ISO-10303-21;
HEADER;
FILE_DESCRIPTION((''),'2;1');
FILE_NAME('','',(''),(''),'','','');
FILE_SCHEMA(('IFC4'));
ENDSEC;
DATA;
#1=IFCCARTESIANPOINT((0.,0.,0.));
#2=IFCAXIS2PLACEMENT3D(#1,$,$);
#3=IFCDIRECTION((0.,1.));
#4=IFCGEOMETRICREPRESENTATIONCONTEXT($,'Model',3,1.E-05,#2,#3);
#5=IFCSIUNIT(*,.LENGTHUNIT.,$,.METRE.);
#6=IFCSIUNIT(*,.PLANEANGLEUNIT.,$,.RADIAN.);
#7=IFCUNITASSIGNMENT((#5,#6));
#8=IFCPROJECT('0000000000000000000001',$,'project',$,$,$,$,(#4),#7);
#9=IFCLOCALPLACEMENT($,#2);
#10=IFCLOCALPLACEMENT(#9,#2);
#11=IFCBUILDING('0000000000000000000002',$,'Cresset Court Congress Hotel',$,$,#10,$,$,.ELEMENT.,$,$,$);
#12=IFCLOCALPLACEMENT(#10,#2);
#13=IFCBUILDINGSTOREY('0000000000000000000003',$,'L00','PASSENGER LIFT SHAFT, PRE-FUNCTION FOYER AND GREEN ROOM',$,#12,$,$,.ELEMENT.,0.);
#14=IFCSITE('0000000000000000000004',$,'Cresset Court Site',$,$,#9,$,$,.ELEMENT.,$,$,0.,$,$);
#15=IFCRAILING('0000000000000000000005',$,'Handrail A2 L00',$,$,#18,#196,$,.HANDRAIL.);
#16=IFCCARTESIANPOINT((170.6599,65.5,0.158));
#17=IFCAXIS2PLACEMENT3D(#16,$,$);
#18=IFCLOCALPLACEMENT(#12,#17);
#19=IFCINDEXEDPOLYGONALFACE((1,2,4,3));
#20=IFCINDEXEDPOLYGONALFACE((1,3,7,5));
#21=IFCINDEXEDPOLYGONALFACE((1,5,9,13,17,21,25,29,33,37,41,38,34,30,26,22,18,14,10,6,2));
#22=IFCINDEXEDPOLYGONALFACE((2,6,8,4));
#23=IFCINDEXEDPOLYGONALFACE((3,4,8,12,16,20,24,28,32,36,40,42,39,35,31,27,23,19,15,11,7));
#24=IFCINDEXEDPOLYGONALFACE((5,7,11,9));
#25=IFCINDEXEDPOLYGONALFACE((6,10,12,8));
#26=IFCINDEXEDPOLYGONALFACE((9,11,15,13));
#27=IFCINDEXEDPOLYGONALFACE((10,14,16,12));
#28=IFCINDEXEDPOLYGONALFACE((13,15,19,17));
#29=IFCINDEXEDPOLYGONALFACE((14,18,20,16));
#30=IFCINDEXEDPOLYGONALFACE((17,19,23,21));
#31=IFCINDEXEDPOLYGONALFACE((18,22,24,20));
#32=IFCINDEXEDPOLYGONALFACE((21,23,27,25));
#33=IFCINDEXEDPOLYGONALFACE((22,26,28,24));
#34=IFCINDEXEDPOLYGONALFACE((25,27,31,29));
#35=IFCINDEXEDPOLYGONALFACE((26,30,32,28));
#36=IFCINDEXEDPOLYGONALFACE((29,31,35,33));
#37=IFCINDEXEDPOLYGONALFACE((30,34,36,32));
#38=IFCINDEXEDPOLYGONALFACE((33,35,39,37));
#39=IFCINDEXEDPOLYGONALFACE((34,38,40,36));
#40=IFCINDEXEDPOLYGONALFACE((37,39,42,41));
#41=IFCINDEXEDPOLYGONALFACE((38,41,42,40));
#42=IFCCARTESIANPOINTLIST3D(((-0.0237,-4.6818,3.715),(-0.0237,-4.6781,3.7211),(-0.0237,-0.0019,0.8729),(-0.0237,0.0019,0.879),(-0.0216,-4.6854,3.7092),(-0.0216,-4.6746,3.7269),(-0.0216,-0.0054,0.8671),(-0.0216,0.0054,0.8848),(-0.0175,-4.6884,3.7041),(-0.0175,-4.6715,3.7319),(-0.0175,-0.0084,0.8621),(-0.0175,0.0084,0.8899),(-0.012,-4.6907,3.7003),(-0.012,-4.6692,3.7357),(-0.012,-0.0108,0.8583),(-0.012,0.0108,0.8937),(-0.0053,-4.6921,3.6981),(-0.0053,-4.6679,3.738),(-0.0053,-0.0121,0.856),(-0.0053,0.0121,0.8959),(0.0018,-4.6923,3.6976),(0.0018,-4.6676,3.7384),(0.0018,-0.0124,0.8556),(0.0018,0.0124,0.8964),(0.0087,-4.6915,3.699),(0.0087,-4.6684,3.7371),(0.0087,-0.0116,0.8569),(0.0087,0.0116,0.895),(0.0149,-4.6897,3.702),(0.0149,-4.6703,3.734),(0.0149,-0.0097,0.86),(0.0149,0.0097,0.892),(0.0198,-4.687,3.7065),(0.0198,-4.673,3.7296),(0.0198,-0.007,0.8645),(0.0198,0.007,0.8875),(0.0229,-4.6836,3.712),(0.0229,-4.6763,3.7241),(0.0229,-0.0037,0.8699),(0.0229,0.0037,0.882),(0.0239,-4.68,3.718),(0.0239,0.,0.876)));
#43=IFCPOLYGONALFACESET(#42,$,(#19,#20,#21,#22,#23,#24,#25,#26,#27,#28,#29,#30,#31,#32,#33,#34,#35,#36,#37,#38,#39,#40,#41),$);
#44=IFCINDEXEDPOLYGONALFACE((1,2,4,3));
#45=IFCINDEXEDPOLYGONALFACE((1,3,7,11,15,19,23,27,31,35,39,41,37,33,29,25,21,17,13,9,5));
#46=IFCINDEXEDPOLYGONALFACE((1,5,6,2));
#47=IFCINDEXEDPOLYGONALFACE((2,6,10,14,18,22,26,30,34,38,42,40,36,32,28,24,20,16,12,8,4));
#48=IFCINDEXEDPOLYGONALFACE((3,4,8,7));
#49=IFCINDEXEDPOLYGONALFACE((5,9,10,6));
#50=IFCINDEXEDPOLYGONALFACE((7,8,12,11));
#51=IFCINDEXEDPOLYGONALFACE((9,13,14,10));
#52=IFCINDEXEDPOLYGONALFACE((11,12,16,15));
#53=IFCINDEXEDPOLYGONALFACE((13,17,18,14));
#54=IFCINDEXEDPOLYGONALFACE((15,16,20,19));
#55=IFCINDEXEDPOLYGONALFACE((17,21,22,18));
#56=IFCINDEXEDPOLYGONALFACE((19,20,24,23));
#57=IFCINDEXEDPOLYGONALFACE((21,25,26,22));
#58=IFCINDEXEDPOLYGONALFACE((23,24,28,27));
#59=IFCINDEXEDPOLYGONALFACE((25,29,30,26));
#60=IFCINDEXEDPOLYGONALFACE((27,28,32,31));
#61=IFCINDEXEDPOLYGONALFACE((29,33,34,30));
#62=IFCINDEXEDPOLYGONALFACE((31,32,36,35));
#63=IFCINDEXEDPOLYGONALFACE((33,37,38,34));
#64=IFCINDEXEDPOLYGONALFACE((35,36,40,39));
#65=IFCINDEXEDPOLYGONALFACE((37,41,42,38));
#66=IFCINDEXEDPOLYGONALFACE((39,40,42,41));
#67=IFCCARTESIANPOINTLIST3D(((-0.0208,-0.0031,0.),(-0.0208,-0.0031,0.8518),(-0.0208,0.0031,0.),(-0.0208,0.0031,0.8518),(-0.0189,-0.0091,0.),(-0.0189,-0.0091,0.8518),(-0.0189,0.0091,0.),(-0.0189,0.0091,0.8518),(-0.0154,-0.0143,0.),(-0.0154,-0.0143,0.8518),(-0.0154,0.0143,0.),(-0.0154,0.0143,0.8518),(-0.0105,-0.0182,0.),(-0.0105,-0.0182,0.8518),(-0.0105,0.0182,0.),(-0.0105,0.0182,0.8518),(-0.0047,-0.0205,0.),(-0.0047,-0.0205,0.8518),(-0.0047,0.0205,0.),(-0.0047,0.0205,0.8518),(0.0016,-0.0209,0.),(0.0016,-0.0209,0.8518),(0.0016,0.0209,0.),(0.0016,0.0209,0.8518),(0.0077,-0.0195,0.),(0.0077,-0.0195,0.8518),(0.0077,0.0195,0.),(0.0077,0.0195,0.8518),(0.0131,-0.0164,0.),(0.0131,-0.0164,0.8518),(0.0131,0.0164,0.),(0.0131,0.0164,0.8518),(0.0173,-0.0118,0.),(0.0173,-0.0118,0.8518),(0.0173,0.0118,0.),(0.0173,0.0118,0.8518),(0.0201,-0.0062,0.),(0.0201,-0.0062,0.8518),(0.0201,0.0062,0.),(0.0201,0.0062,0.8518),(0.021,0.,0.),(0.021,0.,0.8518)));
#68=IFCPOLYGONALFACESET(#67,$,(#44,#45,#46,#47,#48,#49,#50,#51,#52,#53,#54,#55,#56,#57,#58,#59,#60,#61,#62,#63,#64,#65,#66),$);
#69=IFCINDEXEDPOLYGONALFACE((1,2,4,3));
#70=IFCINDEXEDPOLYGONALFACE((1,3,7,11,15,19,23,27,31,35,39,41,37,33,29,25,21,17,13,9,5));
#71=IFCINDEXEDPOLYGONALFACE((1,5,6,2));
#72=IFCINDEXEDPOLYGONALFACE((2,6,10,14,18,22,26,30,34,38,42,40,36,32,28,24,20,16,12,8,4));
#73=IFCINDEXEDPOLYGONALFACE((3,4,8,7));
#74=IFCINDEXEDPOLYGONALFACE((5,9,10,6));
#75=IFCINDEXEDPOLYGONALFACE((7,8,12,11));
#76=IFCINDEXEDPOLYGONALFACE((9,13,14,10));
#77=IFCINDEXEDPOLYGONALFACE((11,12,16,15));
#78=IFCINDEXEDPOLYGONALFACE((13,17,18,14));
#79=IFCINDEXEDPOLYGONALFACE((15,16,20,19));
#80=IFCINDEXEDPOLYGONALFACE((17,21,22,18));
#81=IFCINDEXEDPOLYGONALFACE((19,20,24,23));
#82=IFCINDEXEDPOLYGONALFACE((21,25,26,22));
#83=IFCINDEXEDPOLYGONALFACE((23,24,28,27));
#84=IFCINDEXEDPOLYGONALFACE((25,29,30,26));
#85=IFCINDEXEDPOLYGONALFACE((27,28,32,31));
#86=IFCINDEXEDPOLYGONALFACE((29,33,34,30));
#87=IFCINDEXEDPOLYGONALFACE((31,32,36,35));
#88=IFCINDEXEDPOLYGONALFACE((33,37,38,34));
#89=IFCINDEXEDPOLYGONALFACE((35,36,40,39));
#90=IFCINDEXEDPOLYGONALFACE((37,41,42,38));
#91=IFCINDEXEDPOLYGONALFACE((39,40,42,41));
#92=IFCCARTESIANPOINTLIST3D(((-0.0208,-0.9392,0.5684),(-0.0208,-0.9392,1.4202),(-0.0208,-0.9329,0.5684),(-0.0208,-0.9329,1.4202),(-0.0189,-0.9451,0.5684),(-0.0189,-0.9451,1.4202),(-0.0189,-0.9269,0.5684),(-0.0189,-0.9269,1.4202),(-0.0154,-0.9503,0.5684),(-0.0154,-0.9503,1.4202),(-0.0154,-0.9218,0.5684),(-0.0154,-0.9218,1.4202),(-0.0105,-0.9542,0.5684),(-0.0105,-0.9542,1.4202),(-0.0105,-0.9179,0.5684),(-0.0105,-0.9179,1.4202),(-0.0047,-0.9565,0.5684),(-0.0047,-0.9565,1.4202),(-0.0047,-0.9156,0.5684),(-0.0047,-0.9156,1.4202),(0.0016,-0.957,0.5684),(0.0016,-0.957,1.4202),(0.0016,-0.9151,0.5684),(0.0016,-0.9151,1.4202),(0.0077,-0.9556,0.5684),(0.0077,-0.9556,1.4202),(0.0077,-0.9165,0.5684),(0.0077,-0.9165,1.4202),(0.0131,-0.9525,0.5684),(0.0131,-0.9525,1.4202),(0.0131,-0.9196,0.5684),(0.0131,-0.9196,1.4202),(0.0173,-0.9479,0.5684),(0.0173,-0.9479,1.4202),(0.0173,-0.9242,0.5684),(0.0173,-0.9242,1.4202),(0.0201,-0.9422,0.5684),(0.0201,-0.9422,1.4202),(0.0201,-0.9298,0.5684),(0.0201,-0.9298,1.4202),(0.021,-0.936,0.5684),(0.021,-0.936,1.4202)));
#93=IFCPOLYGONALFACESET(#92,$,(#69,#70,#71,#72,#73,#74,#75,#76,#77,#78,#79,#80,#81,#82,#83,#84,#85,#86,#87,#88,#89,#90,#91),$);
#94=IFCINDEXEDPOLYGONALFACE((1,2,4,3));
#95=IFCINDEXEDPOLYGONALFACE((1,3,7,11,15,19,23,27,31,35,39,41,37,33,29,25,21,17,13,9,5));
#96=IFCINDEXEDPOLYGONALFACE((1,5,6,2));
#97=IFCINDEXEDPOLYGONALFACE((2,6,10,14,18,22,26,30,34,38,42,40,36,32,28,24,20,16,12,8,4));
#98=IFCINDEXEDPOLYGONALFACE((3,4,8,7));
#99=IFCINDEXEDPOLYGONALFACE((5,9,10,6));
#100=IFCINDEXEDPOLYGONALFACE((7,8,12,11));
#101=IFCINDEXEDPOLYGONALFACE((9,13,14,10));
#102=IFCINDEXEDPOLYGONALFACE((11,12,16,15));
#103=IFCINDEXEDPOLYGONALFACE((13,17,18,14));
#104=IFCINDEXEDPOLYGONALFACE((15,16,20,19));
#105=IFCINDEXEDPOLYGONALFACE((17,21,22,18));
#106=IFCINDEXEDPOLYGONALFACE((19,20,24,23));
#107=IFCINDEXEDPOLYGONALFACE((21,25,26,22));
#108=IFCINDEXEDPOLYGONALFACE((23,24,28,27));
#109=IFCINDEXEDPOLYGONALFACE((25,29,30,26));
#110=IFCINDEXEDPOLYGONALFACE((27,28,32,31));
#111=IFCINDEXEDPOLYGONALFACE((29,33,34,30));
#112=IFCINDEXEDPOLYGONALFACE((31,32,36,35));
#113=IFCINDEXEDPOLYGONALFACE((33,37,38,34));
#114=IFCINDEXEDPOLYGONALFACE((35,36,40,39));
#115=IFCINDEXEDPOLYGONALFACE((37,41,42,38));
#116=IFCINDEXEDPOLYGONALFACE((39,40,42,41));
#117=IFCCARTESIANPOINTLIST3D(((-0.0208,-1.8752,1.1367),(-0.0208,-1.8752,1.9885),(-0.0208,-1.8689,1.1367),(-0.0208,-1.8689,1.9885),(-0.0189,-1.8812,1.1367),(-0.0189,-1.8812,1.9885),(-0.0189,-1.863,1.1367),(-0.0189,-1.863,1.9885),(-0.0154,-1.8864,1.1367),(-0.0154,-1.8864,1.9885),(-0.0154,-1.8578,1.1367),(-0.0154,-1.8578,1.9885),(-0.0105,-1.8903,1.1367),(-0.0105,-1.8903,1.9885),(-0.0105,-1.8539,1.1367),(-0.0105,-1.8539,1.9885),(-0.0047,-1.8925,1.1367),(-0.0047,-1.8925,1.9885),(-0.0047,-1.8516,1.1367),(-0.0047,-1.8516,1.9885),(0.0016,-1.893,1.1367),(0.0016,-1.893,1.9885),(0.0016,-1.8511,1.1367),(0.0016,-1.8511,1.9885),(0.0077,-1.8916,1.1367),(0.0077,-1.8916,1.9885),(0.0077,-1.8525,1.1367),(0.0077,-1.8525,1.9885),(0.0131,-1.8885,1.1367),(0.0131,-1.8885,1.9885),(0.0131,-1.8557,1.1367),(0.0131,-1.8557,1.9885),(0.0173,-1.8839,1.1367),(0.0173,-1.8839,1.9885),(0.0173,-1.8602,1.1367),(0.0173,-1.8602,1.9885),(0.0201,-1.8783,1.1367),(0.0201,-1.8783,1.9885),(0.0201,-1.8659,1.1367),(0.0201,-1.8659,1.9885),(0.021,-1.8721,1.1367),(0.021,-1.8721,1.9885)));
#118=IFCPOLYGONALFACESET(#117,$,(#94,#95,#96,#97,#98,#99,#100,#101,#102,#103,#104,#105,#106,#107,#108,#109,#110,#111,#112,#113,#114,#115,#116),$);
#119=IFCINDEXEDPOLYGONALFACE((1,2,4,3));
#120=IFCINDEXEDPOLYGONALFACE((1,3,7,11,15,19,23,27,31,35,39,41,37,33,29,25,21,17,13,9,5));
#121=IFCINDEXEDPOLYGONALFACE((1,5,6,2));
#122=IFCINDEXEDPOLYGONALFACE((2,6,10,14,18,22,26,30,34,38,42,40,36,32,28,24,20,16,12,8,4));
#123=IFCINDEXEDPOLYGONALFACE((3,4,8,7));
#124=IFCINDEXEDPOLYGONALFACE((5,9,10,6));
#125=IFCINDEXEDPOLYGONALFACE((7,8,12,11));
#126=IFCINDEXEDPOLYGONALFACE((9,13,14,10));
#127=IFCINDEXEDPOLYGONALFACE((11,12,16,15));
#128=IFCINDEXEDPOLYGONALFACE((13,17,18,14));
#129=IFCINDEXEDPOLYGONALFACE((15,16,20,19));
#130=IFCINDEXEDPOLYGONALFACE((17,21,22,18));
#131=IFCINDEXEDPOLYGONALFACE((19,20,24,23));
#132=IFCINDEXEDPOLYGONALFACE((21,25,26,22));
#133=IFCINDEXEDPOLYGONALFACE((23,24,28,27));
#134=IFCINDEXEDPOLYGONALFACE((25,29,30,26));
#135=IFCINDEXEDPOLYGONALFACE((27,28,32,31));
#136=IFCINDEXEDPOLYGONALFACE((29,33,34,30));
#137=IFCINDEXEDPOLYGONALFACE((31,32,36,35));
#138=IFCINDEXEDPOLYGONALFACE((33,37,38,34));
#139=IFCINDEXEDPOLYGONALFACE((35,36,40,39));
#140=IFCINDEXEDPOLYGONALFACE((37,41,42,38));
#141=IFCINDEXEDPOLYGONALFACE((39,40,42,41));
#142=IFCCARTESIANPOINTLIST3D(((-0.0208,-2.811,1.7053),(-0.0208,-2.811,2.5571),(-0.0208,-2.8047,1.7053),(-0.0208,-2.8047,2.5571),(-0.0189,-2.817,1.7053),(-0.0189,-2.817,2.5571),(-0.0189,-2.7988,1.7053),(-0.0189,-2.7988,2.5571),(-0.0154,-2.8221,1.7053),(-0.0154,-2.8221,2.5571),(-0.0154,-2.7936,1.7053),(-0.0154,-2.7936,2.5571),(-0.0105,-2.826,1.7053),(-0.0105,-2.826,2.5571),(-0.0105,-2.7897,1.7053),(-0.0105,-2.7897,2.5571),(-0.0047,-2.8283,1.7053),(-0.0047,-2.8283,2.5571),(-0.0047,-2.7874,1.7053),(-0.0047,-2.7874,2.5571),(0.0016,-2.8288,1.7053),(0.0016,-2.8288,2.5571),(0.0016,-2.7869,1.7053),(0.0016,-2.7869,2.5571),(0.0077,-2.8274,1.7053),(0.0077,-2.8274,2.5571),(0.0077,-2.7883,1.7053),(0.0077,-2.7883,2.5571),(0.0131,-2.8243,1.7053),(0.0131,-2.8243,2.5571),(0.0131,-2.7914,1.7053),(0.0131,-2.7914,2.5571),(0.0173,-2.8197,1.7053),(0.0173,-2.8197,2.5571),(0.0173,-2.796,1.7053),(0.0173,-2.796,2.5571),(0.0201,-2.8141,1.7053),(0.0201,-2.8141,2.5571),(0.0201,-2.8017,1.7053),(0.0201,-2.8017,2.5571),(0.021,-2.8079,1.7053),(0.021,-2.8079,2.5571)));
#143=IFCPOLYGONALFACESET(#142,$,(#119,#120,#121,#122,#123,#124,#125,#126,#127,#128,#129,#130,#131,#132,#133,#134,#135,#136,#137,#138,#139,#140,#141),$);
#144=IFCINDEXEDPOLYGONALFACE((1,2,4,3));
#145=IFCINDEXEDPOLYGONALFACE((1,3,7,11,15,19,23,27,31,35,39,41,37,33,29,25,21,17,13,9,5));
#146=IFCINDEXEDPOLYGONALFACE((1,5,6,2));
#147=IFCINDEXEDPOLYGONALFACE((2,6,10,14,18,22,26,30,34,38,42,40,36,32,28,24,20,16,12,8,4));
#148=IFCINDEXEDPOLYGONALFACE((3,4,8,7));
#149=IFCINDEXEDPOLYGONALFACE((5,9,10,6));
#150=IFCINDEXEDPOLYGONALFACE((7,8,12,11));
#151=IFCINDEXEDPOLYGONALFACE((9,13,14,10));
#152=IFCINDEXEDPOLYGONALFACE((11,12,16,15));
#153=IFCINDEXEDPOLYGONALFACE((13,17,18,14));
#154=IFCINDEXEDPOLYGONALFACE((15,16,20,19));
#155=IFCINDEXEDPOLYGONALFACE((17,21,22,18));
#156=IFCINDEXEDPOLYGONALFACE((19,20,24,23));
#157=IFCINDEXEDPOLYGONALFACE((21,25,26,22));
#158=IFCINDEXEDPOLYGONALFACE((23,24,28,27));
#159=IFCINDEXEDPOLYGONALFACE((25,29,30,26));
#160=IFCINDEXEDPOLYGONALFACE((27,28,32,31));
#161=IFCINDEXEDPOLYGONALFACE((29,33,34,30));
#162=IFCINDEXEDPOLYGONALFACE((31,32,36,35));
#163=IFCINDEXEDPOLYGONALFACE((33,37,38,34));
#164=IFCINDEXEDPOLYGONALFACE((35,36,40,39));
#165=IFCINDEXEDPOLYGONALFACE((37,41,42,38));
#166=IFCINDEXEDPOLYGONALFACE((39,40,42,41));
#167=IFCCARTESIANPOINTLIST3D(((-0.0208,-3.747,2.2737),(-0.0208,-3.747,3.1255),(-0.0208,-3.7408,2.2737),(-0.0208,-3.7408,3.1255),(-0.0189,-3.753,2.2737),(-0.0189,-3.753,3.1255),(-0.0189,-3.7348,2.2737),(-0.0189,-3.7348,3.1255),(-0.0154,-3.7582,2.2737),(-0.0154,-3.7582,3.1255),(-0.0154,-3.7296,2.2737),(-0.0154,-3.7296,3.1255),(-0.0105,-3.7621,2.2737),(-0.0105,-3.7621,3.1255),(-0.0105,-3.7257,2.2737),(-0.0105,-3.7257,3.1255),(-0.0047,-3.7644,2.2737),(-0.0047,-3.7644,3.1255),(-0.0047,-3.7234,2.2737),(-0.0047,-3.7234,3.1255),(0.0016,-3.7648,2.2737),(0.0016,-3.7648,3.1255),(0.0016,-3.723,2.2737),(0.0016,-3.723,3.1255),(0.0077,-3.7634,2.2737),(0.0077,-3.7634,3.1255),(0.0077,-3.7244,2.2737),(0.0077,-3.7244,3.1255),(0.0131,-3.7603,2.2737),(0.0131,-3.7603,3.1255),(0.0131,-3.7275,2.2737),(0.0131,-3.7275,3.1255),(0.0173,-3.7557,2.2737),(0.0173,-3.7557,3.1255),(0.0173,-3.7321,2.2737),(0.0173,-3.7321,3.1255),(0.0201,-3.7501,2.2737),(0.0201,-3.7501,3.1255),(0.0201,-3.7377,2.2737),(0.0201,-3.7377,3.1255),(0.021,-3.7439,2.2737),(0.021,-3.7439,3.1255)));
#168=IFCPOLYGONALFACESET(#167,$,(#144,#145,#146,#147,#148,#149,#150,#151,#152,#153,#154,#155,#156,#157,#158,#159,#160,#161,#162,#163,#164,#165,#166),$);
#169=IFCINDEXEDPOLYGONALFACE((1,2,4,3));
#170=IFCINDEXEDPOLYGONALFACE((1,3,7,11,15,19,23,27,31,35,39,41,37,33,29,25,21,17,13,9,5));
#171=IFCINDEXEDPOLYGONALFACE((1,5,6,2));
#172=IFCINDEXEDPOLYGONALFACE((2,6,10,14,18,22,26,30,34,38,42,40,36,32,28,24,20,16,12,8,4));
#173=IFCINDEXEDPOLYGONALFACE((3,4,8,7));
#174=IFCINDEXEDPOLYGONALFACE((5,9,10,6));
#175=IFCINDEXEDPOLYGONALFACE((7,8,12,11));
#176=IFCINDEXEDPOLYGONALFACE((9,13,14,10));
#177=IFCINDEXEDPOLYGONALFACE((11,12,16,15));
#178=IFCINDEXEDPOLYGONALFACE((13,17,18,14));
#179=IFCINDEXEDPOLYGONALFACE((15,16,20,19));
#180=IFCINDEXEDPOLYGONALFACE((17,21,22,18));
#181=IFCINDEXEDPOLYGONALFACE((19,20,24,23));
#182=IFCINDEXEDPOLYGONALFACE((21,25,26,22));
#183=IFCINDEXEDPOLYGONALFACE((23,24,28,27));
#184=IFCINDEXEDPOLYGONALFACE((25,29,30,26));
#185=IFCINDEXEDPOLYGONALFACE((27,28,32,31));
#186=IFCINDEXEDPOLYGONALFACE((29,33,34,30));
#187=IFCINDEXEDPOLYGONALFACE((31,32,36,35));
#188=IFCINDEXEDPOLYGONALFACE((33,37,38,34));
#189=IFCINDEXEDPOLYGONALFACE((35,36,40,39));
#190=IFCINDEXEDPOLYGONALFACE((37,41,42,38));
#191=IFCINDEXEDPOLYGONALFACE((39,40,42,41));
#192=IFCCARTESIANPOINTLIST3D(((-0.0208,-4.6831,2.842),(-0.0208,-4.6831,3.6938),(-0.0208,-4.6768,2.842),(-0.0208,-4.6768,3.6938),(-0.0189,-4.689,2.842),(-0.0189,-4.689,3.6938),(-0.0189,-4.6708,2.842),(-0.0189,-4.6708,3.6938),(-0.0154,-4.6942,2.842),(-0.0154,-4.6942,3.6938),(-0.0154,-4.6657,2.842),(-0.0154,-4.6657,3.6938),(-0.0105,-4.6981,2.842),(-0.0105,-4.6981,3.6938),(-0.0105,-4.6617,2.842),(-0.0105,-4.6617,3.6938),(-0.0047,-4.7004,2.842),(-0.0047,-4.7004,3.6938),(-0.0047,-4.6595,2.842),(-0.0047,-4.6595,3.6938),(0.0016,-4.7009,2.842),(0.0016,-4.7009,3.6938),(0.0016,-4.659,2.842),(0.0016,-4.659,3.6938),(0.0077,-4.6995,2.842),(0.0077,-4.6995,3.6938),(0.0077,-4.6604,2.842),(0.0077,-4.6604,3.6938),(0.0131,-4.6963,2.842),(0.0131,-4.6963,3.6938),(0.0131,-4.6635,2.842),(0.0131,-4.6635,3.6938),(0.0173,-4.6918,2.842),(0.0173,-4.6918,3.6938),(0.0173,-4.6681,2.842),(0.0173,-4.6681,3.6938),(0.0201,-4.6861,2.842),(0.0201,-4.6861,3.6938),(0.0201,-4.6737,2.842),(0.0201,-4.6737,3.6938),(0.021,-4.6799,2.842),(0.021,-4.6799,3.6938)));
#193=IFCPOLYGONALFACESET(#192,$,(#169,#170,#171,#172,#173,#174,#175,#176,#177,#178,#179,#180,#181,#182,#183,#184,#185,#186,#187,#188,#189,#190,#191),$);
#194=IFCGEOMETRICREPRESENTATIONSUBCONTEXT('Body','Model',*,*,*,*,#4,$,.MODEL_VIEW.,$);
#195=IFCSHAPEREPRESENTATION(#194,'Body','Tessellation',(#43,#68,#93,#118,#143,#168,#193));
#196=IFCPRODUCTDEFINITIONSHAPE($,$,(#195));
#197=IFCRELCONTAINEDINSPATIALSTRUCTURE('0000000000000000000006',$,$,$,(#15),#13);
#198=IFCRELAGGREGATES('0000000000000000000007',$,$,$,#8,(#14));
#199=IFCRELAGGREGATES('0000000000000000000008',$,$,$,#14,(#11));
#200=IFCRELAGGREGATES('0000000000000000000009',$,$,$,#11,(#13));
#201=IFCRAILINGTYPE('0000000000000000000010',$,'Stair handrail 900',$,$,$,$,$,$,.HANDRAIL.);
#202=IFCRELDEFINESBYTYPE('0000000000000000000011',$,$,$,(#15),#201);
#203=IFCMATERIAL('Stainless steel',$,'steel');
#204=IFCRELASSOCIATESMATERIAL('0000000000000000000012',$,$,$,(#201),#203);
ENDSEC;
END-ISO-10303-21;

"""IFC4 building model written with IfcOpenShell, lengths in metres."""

from ifc_helpers import new_model, si_unit, direction, frame, origin, origin_2d, place, context, subcontext, project, spatial, circle, extrude, material, type_object, element, save


model = new_model("IFC4")

# Units and contexts
model_context = context("Model", 3, precision=1e-05, world=origin(), true_north=direction((0.0, 1.0)))
body_context = subcontext(model_context, "Body", "Model", "MODEL_VIEW")
ifc_project = project(units=[si_unit("LENGTHUNIT", "METRE"), si_unit("PLANEANGLEUNIT", "RADIAN")], contexts=[model_context])

# Site, building, storey
site_placement = place(None, origin())
site = spatial("IfcSite", under=ifc_project, at=site_placement, Name="Cresset Court Site", CompositionType="ELEMENT", RefElevation=0.0)
building_placement = place(site_placement, origin())
building = spatial("IfcBuilding", under=site, at=building_placement, Name="Cresset Court Congress Hotel", CompositionType="ELEMENT")
storey_placement = place(building_placement, origin())
storey = spatial("IfcBuildingStorey", under=building, at=storey_placement, Name="L00", Description="PASSENGER LIFT SHAFT, PRE-FUNCTION FOYER AND GREEN ROOM", CompositionType="ELEMENT", Elevation=0.0)

# Railing
ifc_material_1 = material(Name="Stainless steel", Category="steel")
railing_type_1 = type_object("IfcRailingType", Name="Stair handrail 900", PredefinedType="HANDRAIL", material=ifc_material_1)
for number, where, name in (
    (1, (170.6599, 65.5, 0.158), "Handrail A2 L00"),
):
    element("IfcRailing", number, at=place(storey_placement, frame(where)), inside=storey, type_object=railing_type_1, Name=name, PredefinedType="HANDRAIL", context=body_context, shape_type="SweptSolid", body=[
        extrude(circle(Radius=0.0239, at=origin_2d()), frame((0.0, 0.0, 0.876), z_axis=(0.0, -0.854735, 0.519065), x_axis=(1.0, 0.0, 0.0)), (0.0, 0.0, 1.0), 5.4753),
        extrude(circle(Radius=0.021, at=origin_2d()), origin(), (0.0, 0.0, 1.0), 0.8518),
        extrude(circle(Radius=0.021, at=origin_2d()), frame((0.0, -0.936, 0.5684)), (0.0, 0.0, 1.0), 0.8518),
        extrude(circle(Radius=0.021, at=origin_2d()), frame((0.0, -1.8721, 1.1367)), (0.0, 0.0, 1.0), 0.8518),
        extrude(circle(Radius=0.021, at=origin_2d()), frame((0.0, -2.8079, 1.7053)), (0.0, 0.0, 1.0), 0.8518),
        extrude(circle(Radius=0.021, at=origin_2d()), frame((0.0, -3.7439, 2.2737)), (0.0, 0.0, 1.0), 0.8518),
        extrude(circle(Radius=0.021, at=origin_2d()), frame((0.0, -4.6799, 2.842)), (0.0, 0.0, 1.0), 0.8518),
    ])

save(model, "model.ifc")
